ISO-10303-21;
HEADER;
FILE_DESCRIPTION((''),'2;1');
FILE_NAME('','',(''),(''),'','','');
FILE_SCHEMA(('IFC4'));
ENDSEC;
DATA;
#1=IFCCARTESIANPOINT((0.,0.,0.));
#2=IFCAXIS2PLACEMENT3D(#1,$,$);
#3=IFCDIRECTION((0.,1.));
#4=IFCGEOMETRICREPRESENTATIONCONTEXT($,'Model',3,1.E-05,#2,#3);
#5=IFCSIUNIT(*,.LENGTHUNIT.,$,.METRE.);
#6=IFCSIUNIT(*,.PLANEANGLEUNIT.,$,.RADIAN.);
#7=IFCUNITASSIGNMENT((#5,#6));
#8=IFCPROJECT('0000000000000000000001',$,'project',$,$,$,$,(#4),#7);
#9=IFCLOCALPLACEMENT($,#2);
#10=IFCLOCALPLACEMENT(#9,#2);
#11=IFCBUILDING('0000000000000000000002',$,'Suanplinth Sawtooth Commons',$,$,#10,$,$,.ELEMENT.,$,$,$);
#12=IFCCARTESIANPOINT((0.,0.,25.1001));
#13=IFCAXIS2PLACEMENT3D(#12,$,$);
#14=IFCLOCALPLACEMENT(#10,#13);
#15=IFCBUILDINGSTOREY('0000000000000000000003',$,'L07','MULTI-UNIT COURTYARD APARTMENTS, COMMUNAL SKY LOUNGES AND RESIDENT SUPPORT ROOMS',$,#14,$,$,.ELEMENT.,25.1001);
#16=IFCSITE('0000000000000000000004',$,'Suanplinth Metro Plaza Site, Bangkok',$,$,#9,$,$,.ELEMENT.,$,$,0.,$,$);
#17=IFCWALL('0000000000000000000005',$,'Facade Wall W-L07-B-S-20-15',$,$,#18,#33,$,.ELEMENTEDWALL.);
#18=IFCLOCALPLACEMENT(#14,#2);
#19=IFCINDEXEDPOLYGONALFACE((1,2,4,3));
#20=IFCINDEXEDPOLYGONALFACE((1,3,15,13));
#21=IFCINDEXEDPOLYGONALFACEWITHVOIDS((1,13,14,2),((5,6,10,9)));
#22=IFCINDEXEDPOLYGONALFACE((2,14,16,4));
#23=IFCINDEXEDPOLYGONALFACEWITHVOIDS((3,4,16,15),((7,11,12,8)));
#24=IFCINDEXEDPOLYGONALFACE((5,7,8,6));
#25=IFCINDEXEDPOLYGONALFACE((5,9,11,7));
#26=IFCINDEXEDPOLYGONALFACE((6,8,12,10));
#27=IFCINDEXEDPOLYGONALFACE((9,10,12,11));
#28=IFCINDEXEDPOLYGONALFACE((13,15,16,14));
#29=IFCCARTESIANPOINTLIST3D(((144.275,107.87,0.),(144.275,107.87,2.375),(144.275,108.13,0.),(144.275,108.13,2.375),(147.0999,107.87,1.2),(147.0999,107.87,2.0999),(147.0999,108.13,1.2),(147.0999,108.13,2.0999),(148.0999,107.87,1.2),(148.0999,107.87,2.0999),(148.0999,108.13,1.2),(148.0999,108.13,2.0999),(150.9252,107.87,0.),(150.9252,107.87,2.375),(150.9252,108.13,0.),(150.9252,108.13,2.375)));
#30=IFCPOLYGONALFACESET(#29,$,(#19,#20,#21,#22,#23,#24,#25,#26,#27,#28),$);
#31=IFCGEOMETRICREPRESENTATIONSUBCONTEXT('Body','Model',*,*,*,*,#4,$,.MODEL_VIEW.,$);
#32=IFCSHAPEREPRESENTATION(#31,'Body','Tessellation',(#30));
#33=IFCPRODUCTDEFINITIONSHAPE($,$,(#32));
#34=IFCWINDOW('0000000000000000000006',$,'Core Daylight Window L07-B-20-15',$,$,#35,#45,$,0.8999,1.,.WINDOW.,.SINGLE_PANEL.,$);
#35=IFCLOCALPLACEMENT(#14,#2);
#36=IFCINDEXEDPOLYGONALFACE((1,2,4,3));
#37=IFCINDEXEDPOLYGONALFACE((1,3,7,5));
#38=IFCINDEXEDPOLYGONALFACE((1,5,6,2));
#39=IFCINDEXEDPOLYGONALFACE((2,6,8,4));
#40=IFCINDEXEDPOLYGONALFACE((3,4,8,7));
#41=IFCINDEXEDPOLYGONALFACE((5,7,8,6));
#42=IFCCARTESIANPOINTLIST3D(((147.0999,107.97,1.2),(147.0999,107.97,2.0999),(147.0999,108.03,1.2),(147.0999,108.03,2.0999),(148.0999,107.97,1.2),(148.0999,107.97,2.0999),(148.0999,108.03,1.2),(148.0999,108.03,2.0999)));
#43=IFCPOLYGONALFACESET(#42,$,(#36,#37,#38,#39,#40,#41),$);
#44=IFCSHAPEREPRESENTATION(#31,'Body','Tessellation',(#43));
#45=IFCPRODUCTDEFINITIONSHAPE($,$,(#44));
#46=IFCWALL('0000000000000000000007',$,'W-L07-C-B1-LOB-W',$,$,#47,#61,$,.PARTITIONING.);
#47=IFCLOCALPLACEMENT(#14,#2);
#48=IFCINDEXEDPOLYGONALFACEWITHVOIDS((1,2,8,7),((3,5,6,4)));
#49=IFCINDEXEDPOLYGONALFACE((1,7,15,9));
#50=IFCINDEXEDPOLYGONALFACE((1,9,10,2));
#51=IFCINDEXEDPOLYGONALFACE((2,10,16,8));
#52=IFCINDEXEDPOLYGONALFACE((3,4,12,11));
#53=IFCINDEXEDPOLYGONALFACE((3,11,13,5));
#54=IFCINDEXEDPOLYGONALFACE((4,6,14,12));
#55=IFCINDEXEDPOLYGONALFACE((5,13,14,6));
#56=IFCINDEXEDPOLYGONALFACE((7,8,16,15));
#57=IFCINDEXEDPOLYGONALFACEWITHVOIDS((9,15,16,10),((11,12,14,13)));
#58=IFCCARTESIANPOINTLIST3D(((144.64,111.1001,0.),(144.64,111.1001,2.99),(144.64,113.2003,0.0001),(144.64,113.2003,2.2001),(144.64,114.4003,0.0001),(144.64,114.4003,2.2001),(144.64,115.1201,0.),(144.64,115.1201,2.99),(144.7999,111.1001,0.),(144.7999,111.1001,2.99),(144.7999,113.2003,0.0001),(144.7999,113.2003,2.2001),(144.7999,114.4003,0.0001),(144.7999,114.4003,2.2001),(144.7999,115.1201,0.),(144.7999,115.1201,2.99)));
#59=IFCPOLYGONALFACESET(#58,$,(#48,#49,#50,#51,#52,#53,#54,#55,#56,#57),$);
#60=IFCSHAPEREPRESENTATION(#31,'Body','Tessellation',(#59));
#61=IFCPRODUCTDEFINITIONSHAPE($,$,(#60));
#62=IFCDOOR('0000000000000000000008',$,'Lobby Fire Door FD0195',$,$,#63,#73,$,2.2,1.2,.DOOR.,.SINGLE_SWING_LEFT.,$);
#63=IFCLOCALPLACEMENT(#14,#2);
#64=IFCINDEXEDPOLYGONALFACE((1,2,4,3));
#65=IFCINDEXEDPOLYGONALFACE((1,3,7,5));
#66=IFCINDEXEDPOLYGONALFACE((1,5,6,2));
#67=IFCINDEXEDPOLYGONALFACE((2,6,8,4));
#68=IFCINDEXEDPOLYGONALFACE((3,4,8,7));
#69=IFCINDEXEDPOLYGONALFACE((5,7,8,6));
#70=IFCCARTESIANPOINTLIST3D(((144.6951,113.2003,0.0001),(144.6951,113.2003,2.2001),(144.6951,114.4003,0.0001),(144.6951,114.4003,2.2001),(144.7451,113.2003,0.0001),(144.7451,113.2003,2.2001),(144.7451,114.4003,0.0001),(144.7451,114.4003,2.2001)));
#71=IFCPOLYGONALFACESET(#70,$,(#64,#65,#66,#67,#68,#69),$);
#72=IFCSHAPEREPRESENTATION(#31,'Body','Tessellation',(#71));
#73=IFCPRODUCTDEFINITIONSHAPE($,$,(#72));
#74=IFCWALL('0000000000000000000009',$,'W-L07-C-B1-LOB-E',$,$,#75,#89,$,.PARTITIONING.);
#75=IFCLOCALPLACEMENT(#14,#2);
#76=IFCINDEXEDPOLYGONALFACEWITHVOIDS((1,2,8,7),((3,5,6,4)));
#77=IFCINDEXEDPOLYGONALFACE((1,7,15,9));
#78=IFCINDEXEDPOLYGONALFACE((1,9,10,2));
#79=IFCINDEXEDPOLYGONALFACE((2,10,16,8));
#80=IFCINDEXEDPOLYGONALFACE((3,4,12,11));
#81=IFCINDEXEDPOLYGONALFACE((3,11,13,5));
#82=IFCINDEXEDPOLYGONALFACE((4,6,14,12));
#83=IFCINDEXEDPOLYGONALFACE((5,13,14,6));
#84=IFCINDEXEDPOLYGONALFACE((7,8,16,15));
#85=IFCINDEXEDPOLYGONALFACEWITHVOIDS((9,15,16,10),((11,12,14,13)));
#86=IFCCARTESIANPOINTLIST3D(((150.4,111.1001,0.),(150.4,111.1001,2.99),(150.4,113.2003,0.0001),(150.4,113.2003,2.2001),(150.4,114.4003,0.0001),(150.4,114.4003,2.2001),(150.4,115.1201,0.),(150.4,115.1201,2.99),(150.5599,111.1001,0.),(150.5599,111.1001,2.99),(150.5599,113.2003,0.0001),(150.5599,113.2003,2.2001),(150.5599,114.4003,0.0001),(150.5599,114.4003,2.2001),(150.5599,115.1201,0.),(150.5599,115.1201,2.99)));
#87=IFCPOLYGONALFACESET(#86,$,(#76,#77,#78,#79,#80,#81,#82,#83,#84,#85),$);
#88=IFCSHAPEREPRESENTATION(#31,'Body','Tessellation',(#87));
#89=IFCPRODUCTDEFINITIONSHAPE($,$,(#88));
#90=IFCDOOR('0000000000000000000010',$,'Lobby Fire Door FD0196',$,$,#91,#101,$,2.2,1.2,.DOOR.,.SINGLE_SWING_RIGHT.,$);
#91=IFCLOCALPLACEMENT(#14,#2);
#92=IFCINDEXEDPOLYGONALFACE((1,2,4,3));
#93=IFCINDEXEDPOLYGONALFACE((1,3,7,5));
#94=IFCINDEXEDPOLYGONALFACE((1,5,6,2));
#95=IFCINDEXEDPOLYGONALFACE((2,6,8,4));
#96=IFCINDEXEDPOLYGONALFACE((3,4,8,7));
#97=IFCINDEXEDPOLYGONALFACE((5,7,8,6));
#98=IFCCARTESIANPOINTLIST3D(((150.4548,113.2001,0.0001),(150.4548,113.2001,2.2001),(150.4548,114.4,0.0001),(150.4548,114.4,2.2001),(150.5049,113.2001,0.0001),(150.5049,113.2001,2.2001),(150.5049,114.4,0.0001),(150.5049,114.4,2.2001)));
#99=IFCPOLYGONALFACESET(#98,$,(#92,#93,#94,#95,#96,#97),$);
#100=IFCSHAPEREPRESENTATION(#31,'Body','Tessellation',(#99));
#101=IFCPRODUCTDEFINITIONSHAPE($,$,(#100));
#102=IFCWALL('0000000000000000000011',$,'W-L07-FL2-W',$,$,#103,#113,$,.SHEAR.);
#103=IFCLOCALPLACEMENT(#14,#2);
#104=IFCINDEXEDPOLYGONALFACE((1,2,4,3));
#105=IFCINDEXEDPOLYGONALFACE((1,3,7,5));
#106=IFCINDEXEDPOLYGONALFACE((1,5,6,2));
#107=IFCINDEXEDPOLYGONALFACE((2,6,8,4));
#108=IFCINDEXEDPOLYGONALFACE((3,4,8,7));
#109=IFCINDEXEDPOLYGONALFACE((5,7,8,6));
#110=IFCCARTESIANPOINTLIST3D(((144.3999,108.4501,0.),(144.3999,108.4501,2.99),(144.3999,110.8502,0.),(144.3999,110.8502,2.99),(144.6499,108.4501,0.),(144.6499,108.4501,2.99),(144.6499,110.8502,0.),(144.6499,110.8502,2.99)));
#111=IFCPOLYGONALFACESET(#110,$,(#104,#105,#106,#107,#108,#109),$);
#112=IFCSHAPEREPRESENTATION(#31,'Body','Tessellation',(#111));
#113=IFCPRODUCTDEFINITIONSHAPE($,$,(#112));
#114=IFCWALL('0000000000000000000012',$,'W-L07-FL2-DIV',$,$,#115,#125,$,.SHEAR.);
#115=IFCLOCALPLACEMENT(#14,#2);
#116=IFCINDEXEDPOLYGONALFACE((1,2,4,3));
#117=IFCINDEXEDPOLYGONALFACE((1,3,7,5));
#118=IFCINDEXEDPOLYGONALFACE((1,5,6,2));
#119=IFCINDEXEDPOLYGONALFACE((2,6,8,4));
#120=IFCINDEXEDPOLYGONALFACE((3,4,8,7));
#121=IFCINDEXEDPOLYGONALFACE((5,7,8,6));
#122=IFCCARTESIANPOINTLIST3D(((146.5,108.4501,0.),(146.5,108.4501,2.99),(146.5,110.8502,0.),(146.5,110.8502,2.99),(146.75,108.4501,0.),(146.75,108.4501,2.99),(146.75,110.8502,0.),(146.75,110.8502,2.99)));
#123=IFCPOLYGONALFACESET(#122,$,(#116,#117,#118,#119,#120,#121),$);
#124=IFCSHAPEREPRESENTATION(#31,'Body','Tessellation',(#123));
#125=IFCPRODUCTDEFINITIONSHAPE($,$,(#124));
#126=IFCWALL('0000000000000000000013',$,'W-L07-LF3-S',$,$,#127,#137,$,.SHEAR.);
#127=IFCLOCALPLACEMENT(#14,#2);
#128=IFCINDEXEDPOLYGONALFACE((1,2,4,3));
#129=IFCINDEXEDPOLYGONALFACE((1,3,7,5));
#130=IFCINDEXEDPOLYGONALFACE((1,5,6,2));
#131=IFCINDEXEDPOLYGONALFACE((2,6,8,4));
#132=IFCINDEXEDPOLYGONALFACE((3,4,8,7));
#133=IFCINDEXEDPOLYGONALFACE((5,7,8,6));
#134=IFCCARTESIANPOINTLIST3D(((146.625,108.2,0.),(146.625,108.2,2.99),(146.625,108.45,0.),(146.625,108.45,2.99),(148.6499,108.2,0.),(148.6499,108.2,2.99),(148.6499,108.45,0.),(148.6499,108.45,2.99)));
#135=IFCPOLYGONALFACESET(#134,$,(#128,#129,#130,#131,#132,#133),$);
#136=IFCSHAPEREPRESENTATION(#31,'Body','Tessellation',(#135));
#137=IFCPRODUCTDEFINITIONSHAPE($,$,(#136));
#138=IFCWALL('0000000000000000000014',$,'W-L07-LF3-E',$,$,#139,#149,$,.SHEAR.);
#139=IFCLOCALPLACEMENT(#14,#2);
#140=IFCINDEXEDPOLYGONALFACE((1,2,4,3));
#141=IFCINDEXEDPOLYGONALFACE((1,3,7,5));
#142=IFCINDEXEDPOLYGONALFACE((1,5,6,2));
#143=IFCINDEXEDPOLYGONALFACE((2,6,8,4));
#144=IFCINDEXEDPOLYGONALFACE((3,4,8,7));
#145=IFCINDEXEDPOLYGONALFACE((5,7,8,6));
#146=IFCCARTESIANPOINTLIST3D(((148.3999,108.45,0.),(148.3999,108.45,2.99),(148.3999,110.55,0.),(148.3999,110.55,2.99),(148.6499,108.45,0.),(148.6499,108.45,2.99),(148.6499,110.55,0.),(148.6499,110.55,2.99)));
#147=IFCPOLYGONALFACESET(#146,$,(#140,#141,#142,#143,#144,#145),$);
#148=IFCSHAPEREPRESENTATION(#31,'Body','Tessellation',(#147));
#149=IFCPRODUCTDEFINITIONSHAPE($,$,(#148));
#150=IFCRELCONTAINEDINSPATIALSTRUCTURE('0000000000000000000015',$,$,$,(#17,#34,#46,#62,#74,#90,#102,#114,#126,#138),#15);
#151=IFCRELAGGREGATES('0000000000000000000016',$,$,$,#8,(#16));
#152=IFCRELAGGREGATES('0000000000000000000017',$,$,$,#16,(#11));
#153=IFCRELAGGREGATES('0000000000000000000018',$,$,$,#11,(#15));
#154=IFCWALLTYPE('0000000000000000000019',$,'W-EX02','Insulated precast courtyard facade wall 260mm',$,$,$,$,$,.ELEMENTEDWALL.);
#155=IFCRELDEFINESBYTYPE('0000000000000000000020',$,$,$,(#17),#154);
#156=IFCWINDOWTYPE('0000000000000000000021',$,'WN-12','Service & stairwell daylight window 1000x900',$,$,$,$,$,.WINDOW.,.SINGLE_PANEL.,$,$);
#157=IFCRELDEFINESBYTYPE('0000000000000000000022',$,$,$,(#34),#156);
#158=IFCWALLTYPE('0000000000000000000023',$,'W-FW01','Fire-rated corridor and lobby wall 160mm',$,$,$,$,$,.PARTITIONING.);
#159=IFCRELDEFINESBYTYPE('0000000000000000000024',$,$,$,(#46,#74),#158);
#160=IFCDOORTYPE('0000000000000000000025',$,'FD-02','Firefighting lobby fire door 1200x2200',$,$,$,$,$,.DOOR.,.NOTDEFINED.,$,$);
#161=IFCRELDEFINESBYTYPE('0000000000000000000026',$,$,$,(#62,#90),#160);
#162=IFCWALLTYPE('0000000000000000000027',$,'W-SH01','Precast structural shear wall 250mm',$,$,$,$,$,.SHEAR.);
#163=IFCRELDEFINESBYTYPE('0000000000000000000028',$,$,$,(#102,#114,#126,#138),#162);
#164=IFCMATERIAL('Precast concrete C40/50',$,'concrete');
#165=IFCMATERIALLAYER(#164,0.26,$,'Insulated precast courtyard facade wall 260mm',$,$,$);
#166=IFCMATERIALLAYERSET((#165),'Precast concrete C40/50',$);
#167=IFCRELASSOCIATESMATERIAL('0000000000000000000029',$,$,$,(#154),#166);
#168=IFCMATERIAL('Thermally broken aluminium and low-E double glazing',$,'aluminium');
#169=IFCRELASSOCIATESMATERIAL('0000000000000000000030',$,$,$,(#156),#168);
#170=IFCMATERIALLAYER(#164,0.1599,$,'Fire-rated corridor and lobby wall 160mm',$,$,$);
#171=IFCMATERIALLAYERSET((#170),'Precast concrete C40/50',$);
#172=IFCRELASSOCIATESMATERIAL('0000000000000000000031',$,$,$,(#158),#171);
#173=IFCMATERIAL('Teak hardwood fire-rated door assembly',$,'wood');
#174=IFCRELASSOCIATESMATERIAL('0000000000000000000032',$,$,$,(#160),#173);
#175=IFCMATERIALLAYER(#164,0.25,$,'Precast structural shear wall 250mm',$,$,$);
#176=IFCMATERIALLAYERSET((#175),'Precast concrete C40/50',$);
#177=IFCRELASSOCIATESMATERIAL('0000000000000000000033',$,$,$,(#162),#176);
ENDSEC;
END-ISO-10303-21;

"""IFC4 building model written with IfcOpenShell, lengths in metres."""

from ifc_helpers import new_model, si_unit, direction, frame, frame_2d, origin, place, context, subcontext, project, spatial, rectangle, extrude, material, layer, layer_set, type_object, element, fill, save


model = new_model("IFC4")

# Units and contexts
model_context = context("Model", 3, precision=1e-05, world=origin(), true_north=direction((0.0, 1.0)))
body_context = subcontext(model_context, "Body", "Model", "MODEL_VIEW")
ifc_project = project(units=[si_unit("LENGTHUNIT", "METRE"), si_unit("PLANEANGLEUNIT", "RADIAN")], contexts=[model_context])

# Site, building, storey
site_placement = place(None, origin())
site = spatial("IfcSite", under=ifc_project, at=site_placement, Name="Suanplinth Metro Plaza Site, Bangkok", CompositionType="ELEMENT", RefElevation=0.0)
building_placement = place(site_placement, origin())
building = spatial("IfcBuilding", under=site, at=building_placement, Name="Suanplinth Sawtooth Commons", CompositionType="ELEMENT")
storey_placement = place(building_placement, frame((0.0, 0.0, 25.1001)))
storey = spatial("IfcBuildingStorey", under=building, at=storey_placement, Name="L07", Description="MULTI-UNIT COURTYARD APARTMENTS, COMMUNAL SKY LOUNGES AND RESIDENT SUPPORT ROOMS", CompositionType="ELEMENT", Elevation=25.1001)

# Shared definitions
ifc_material_1 = material(Name="Precast concrete C40/50", Category="concrete")

# Wall, opening, window
ifc_layer_1 = layer(ifc_material_1, 0.26, Name="Insulated precast courtyard facade wall 260mm")
ifc_layer_set_1 = layer_set([ifc_layer_1], Name="Precast concrete C40/50")
wall_type_1 = type_object("IfcWallType", Name="W-EX02", Description="Insulated precast courtyard facade wall 260mm", PredefinedType="ELEMENTEDWALL", material=ifc_layer_set_1)
wall_1_placement = place(storey_placement, frame((144.2749, 108.0, 0.0), z_axis=(0.0, 0.0, 1.0), x_axis=(1.0, 0.0, 0.0)))
wall_1 = element("IfcWall", 1, at=wall_1_placement, inside=storey, type_object=wall_type_1, Name="Facade Wall W-L07-B-S-20-15", PredefinedType="ELEMENTEDWALL", context=body_context, shape_type="SweptSolid", body=[
    extrude(rectangle(XDim=6.6501, YDim=0.26, at=frame_2d((3.3252, 0.0))), origin(), (0.0, 0.0, 1.0), 2.375),
])
opening_1_placement = place(wall_1_placement, frame((2.825, 0.0, 1.2)))
opening_1 = element("IfcOpeningElement", 2, at=opening_1_placement, cuts=wall_1, PredefinedType="OPENING", context=body_context, shape_type="SweptSolid", body=[
    extrude(rectangle(XDim=1.0, YDim=0.8999, at=frame_2d((0.5, 0.45))), frame((0.0, 0.145, 0.0), z_axis=(0.0, -1.0, 0.0), x_axis=(1.0, 0.0, 0.0)), (0.0, 0.0, 1.0), 0.2898),
])
ifc_material_2 = material(Name="Thermally broken aluminium and low-E double glazing", Category="aluminium")
window_type = type_object("IfcWindowType", Name="WN-12", Description="Service & stairwell daylight window 1000x900", PartitioningType="SINGLE_PANEL", PredefinedType="WINDOW", material=ifc_material_2)
window_placement = place(opening_1_placement, origin())
window = element("IfcWindow", 3, at=window_placement, inside=storey, type_object=window_type, Name="Core Daylight Window L07-B-20-15", OverallHeight=0.8999, OverallWidth=1.0, PartitioningType="SINGLE_PANEL", PredefinedType="WINDOW", context=body_context, shape_type="SweptSolid", body=[
    extrude(rectangle(XDim=1.0, YDim=0.8999, at=frame_2d((0.5, 0.45))), frame((0.0, 0.03, 0.0), z_axis=(0.0, -1.0, 0.0), x_axis=(1.0, 0.0, 0.0)), (0.0, 0.0, 1.0), 0.0601),
])
fill(opening_1, window)

# Walls, openings, doors
ifc_layer_2 = layer(ifc_material_1, 0.1599, Name="Fire-rated corridor and lobby wall 160mm")
ifc_layer_set_2 = layer_set([ifc_layer_2], Name="Precast concrete C40/50")
wall_type_2 = type_object("IfcWallType", Name="W-FW01", Description="Fire-rated corridor and lobby wall 160mm", PredefinedType="PARTITIONING", material=ifc_layer_set_2)
wall_2_placement = place(storey_placement, frame((144.72, 111.1001, 0.0), z_axis=(0.0, 0.0, 1.0), x_axis=(0.0, 1.0, 0.0)))
wall_2 = element("IfcWall", 4, at=wall_2_placement, inside=storey, type_object=wall_type_2, Name="W-L07-C-B1-LOB-W", PredefinedType="PARTITIONING", context=body_context, shape_type="SweptSolid", body=[
    extrude(rectangle(XDim=4.02, YDim=0.1599, at=frame_2d((2.01, 0.0))), origin(), (0.0, 0.0, 1.0), 2.99),
])
opening_2_placement = place(wall_2_placement, frame((2.1001, 0.0, 0.0)))
opening_2 = element("IfcOpeningElement", 5, at=opening_2_placement, cuts=wall_2, PredefinedType="OPENING", context=body_context, shape_type="SweptSolid", body=[
    extrude(rectangle(XDim=1.2, YDim=2.2, at=frame_2d((0.6001, 1.1001))), frame((0.0, 0.0947, 0.0), z_axis=(0.0, -1.0, 0.0), x_axis=(1.0, 0.0, 0.0)), (0.0, 0.0, 1.0), 0.1897),
])
ifc_material_3 = material(Name="Teak hardwood fire-rated door assembly", Category="wood")
door_type_1 = type_object("IfcDoorType", Name="FD-02", Description="Firefighting lobby fire door 1200x2200", OperationType="NOTDEFINED", PredefinedType="DOOR", material=ifc_material_3)
door_1_placement = place(opening_2_placement, origin())
door_1 = element("IfcDoor", 6, at=door_1_placement, inside=storey, type_object=door_type_1, Name="Lobby Fire Door FD0195", OperationType="SINGLE_SWING_LEFT", OverallHeight=2.2, OverallWidth=1.2, PredefinedType="DOOR", context=body_context, shape_type="SweptSolid", body=[
    extrude(rectangle(XDim=1.2, YDim=2.2, at=frame_2d((0.6001, 1.1001))), frame((0.0, 0.0249, 0.0), z_axis=(0.0, -1.0, 0.0), x_axis=(1.0, 0.0, 0.0)), (0.0, 0.0, 1.0), 0.05),
])
fill(opening_2, door_1)
wall_3_placement = place(storey_placement, frame((150.48, 111.1001, 0.0), z_axis=(0.0, 0.0, 1.0), x_axis=(0.0, 1.0, 0.0)))
wall_3 = element("IfcWall", 7, at=wall_3_placement, inside=storey, type_object=wall_type_2, Name="W-L07-C-B1-LOB-E", PredefinedType="PARTITIONING", context=body_context, shape_type="SweptSolid", body=[
    extrude(rectangle(XDim=4.02, YDim=0.1599, at=frame_2d((2.01, 0.0))), origin(), (0.0, 0.0, 1.0), 2.99),
])
opening_3_placement = place(wall_3_placement, frame((2.1001, 0.0, 0.0)))
opening_3 = element("IfcOpeningElement", 8, at=opening_3_placement, cuts=wall_3, PredefinedType="OPENING", context=body_context, shape_type="SweptSolid", body=[
    extrude(rectangle(XDim=1.2, YDim=2.2, at=frame_2d((0.6001, 1.1001))), frame((0.0, 0.0947, 0.0), z_axis=(0.0, -1.0, 0.0), x_axis=(1.0, 0.0, 0.0)), (0.0, 0.0, 1.0), 0.1897),
])
door_2_placement = place(opening_3_placement, frame((1.2, 0.0, 0.0), z_axis=(0.0, 0.0, 1.0), x_axis=(-1.0, 0.0, 0.0)))
door_2 = element("IfcDoor", 9, at=door_2_placement, inside=storey, type_object=door_type_1, Name="Lobby Fire Door FD0196", OperationType="SINGLE_SWING_RIGHT", OverallHeight=2.2, OverallWidth=1.2, PredefinedType="DOOR", context=body_context, shape_type="SweptSolid", body=[
    extrude(rectangle(XDim=1.2, YDim=2.2, at=frame_2d((0.6001, 1.1001))), frame((0.0, 0.0249, 0.0), z_axis=(0.0, -1.0, 0.0), x_axis=(1.0, 0.0, 0.0)), (0.0, 0.0, 1.0), 0.05),
])
fill(opening_3, door_2)

# Walls
ifc_layer_3 = layer(ifc_material_1, 0.25, Name="Precast structural shear wall 250mm")
ifc_layer_set_3 = layer_set([ifc_layer_3], Name="Precast concrete C40/50")
wall_type_3 = type_object("IfcWallType", Name="W-SH01", Description="Precast structural shear wall 250mm", PredefinedType="SHEAR", material=ifc_layer_set_3)
for number, where, z_axis, x_axis, name in (
    (10, (144.5249, 108.45, 0.0), (0.0, 0.0, 1.0), (0.0, 1.0, 0.0), "W-L07-FL2-W"),
    (11, (146.625, 108.45, 0.0), (0.0, 0.0, 1.0), (0.0, 1.0, 0.0), "W-L07-FL2-DIV"),
):
    element("IfcWall", number, at=place(storey_placement, frame(where, z_axis=z_axis, x_axis=x_axis)), inside=storey, type_object=wall_type_3, Name=name, PredefinedType="SHEAR", context=body_context, shape_type="SweptSolid", body=[
        extrude(rectangle(XDim=2.4001, YDim=0.25, at=frame_2d((1.2002, 0.0))), origin(), (0.0, 0.0, 1.0), 2.99),
    ])
wall_4_placement = place(storey_placement, frame((146.625, 108.325, 0.0), z_axis=(0.0, 0.0, 1.0), x_axis=(1.0, 0.0, 0.0)))
element("IfcWall", 12, at=wall_4_placement, inside=storey, type_object=wall_type_3, Name="W-L07-LF3-S", PredefinedType="SHEAR", context=body_context, shape_type="SweptSolid", body=[
    extrude(rectangle(XDim=2.0249, YDim=0.25, at=frame_2d((1.0125, 0.0))), origin(), (0.0, 0.0, 1.0), 2.99),
])

# Wall
wall_5_placement = place(storey_placement, frame((148.5249, 108.45, 0.0), z_axis=(0.0, 0.0, 1.0), x_axis=(0.0, 1.0, 0.0)))
element("IfcWall", 13, at=wall_5_placement, inside=storey, type_object=wall_type_3, Name="W-L07-LF3-E", PredefinedType="SHEAR", context=body_context, shape_type="SweptSolid", body=[
    extrude(rectangle(XDim=2.1001, YDim=0.25, at=frame_2d((1.05, 0.0))), origin(), (0.0, 0.0, 1.0), 2.99),
])

save(model, "model.ifc")
